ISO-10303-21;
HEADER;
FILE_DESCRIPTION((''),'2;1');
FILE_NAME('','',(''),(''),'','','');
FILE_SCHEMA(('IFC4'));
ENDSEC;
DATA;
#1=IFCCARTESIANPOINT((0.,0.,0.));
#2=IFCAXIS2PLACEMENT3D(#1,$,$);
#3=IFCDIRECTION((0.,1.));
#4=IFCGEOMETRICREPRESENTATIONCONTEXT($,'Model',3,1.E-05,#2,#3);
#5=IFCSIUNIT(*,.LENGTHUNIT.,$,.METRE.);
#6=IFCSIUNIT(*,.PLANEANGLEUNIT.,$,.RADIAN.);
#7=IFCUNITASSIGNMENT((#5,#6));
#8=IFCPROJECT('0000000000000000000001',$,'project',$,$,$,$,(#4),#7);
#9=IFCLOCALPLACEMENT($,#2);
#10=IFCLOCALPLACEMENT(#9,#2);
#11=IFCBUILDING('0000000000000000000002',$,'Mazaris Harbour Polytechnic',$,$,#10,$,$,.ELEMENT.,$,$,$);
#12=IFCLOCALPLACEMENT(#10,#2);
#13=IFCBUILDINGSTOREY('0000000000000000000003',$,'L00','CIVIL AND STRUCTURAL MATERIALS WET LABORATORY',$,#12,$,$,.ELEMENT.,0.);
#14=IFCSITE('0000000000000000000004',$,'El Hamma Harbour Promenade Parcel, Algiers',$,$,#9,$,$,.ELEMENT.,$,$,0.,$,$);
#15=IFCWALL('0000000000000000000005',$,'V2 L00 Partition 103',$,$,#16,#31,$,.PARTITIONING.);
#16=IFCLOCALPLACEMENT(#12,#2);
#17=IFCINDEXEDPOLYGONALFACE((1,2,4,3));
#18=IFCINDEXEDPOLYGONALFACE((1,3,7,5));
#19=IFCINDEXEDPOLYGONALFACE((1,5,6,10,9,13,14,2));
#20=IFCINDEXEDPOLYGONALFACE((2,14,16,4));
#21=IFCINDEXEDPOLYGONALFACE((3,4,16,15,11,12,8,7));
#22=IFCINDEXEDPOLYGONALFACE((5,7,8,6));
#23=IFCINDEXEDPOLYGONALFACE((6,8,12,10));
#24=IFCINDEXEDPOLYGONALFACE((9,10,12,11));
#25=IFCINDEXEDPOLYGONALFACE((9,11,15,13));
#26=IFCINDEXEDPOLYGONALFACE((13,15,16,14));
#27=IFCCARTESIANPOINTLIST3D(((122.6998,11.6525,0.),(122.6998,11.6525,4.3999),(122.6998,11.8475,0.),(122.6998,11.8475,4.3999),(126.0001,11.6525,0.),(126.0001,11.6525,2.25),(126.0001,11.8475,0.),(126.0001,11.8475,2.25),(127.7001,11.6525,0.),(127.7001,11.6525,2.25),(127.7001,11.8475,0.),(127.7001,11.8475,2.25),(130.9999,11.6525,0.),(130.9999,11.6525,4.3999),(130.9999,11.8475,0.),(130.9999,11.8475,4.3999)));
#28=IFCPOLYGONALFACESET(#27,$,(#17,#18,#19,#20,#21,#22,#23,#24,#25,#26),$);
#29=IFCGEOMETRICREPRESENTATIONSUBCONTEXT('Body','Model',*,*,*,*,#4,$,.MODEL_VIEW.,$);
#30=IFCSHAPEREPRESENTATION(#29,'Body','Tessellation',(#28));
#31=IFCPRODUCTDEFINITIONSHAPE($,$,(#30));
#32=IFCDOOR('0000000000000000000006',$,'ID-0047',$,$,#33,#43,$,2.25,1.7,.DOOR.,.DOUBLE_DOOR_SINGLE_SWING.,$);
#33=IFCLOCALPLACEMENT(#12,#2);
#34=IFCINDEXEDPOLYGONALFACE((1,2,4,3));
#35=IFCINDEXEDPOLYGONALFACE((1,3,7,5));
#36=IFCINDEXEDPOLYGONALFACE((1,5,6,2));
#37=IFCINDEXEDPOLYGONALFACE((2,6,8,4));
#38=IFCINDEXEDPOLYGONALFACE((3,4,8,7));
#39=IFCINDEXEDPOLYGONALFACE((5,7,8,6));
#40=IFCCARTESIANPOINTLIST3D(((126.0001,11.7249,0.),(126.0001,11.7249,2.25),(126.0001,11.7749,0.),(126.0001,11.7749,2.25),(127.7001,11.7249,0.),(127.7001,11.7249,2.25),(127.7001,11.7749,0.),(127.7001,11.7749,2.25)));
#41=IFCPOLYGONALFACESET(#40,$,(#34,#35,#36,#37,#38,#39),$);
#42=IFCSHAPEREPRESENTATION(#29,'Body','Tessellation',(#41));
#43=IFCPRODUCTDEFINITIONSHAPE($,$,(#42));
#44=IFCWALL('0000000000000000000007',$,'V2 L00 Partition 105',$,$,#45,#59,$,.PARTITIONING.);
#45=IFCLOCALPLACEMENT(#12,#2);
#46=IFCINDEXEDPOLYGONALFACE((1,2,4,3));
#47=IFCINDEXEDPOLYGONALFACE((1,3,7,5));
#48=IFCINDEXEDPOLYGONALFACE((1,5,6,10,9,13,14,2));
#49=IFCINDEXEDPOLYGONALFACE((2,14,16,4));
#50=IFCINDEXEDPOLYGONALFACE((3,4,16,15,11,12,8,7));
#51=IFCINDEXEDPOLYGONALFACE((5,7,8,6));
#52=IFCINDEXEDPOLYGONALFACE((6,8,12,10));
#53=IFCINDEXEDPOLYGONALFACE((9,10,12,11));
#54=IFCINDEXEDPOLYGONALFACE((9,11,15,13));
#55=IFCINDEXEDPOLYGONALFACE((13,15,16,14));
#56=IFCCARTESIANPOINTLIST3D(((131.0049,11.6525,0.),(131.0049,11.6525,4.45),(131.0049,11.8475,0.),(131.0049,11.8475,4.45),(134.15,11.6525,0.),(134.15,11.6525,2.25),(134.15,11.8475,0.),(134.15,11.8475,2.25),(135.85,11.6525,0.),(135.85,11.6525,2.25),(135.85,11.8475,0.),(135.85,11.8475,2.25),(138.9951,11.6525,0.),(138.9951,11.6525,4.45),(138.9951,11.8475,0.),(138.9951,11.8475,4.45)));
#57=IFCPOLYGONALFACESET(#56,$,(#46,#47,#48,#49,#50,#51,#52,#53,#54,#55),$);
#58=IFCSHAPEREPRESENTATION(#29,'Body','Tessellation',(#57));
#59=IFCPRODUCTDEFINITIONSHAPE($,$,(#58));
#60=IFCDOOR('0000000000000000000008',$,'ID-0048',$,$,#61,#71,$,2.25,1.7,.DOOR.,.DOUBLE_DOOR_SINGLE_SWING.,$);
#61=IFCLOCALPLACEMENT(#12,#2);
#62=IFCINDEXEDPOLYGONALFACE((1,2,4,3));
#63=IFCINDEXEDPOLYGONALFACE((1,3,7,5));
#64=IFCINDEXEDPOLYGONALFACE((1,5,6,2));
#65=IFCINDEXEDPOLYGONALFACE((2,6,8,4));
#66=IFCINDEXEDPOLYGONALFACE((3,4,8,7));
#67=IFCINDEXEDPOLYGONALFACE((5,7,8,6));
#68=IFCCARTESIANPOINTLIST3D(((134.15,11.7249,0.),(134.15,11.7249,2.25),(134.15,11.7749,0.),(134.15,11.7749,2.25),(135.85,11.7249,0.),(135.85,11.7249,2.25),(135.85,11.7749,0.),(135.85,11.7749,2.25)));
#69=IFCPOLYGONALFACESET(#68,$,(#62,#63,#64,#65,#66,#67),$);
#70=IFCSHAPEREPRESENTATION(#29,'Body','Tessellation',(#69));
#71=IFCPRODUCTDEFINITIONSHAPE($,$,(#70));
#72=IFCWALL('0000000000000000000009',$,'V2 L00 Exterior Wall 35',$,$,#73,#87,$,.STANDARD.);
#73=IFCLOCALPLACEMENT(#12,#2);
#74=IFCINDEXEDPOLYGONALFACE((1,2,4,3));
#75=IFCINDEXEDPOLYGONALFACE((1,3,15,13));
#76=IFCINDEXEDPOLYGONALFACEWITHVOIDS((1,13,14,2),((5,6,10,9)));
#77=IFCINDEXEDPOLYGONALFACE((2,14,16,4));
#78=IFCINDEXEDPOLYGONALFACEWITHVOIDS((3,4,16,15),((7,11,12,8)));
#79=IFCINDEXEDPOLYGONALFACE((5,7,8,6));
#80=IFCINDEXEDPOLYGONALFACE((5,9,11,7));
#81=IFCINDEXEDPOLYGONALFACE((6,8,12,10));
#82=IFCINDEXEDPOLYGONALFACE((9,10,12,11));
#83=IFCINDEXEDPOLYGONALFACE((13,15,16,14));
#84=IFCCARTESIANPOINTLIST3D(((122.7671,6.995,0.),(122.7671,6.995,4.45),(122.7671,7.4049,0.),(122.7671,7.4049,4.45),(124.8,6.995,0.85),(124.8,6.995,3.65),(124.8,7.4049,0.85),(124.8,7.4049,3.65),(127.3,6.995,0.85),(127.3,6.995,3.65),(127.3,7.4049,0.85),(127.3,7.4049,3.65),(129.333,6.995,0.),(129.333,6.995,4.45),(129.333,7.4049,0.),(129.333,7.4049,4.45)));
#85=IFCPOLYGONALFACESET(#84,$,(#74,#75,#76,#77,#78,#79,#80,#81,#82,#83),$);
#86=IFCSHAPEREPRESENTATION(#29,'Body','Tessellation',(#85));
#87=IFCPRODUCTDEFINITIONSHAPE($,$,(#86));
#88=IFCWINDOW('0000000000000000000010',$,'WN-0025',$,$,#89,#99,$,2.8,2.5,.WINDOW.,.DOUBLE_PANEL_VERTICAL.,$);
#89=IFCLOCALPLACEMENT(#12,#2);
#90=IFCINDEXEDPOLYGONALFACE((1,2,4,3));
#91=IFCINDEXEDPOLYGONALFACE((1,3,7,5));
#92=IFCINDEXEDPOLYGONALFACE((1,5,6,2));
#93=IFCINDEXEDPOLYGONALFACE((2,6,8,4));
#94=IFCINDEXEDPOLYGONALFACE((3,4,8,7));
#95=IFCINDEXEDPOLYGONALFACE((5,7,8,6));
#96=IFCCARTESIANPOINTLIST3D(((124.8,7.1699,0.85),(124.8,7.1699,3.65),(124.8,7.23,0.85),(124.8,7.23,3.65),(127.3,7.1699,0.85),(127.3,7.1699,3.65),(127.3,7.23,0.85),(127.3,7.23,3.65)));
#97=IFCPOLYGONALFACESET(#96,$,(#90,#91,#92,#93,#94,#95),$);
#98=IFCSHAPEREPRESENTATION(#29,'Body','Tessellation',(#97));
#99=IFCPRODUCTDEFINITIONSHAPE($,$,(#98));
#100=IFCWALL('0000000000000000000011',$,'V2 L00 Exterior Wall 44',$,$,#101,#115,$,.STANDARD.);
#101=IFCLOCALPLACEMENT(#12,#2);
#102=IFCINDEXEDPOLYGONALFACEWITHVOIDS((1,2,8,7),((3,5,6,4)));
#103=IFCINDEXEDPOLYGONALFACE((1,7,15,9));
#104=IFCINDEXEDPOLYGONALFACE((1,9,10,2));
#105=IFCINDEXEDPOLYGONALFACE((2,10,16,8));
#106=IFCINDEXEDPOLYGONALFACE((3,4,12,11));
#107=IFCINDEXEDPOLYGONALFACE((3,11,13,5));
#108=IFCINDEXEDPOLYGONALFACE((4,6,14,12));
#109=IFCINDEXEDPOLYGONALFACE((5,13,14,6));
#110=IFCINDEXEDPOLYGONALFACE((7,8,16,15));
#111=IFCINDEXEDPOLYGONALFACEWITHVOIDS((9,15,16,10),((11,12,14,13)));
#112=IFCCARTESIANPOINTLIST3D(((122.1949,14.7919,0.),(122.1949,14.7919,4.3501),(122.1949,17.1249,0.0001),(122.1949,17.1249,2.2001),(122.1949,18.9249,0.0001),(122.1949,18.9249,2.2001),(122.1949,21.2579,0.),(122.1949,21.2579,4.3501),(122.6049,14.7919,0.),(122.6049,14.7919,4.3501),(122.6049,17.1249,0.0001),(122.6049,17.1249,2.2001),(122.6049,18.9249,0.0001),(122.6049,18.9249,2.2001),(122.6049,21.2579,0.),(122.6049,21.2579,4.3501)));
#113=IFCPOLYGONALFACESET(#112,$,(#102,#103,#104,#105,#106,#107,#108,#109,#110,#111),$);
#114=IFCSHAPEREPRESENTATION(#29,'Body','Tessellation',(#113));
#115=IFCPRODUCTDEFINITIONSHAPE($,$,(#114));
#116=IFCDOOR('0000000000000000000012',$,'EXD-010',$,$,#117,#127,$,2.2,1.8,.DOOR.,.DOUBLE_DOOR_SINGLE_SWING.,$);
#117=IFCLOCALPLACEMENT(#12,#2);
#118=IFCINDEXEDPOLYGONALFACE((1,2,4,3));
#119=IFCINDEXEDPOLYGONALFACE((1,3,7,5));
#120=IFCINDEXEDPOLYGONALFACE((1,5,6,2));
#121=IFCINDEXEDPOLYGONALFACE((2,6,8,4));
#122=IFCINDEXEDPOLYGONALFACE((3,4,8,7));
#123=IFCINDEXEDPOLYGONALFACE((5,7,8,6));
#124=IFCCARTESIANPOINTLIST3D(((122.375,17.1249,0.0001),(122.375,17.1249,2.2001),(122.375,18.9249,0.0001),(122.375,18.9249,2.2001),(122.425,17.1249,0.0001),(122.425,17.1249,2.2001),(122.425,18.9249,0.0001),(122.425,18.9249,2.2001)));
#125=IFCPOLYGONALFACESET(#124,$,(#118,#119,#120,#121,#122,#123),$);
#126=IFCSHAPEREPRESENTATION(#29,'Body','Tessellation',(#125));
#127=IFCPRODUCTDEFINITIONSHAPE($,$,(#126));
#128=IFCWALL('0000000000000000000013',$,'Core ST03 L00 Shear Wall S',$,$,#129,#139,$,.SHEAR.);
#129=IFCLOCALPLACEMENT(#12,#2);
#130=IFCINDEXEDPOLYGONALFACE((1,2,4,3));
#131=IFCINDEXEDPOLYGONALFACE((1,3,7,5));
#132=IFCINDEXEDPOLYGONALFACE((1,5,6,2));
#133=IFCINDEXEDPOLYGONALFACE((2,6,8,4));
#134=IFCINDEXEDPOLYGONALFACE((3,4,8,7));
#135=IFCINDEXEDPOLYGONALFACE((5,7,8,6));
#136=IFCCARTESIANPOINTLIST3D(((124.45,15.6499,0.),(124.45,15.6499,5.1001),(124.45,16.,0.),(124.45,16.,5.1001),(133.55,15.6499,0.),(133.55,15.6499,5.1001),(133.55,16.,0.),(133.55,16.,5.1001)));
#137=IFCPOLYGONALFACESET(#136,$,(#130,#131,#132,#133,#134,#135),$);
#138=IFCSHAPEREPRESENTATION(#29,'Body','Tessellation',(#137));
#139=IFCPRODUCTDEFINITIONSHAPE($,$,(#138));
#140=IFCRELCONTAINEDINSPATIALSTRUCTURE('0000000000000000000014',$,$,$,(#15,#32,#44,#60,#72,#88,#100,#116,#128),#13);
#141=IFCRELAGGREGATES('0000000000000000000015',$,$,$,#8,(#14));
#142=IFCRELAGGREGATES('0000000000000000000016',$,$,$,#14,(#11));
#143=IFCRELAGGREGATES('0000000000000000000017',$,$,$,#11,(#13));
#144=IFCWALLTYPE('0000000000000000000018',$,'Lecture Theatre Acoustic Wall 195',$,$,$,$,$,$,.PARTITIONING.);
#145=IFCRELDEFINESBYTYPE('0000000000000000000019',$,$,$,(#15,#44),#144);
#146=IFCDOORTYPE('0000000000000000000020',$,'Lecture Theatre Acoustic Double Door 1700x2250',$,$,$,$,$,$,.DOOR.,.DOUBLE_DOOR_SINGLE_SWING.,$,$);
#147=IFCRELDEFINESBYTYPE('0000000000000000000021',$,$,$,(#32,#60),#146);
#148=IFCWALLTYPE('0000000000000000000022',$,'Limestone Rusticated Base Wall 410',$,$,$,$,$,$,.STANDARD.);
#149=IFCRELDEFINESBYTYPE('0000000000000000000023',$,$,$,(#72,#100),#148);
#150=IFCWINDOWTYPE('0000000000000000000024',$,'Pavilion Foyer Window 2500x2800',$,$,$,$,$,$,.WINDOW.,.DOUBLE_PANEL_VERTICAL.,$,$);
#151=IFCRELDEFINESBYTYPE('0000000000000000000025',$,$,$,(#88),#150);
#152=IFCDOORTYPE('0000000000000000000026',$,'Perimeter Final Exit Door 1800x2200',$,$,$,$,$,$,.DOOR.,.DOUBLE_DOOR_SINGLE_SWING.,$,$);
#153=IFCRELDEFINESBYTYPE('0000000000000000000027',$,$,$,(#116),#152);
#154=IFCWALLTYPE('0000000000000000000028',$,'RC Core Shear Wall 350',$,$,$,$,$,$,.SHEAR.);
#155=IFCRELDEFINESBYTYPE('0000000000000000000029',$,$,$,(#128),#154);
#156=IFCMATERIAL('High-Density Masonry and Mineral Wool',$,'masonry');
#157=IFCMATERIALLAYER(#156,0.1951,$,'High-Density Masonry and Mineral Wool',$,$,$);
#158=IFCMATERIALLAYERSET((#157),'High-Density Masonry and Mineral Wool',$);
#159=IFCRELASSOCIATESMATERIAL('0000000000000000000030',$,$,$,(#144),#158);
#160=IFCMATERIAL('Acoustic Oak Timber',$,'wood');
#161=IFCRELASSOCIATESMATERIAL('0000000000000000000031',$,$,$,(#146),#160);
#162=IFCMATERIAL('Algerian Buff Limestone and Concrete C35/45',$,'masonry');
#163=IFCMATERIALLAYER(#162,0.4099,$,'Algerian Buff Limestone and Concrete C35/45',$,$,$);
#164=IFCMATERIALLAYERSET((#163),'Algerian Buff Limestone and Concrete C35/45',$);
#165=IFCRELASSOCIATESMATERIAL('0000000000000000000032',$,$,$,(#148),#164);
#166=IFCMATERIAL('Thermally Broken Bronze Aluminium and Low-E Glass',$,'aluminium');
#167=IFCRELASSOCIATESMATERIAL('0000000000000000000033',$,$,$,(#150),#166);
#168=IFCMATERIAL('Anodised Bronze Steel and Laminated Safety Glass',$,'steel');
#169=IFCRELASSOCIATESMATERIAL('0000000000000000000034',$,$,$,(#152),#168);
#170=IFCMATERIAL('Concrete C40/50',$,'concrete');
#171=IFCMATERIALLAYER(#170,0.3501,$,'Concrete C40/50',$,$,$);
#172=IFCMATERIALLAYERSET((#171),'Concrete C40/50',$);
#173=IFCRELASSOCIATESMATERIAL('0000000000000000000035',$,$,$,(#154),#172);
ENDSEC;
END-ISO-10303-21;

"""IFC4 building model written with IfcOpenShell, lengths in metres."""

from ifc_helpers import new_model, si_unit, direction, frame, frame_2d, origin, place, context, subcontext, project, spatial, rectangle, extrude, material, layer, layer_set, type_object, element, fill, save


model = new_model("IFC4")

# Units and contexts
model_context = context("Model", 3, precision=1e-05, world=origin(), true_north=direction((0.0, 1.0)))
body_context = subcontext(model_context, "Body", "Model", "MODEL_VIEW")
ifc_project = project(units=[si_unit("LENGTHUNIT", "METRE"), si_unit("PLANEANGLEUNIT", "RADIAN")], contexts=[model_context])

# Site, building, storey
site_placement = place(None, origin())
site = spatial("IfcSite", under=ifc_project, at=site_placement, Name="El Hamma Harbour Promenade Parcel, Algiers", CompositionType="ELEMENT", RefElevation=0.0)
building_placement = place(site_placement, origin())
building = spatial("IfcBuilding", under=site, at=building_placement, Name="Mazaris Harbour Polytechnic", CompositionType="ELEMENT")
storey_placement = place(building_placement, origin())
storey = spatial("IfcBuildingStorey", under=building, at=storey_placement, Name="L00", Description="CIVIL AND STRUCTURAL MATERIALS WET LABORATORY", CompositionType="ELEMENT", Elevation=0.0)

# Walls, openings, doors
ifc_material_1 = material(Name="High-Density Masonry and Mineral Wool", Category="masonry")
ifc_layer_1 = layer(ifc_material_1, 0.1951, Name="High-Density Masonry and Mineral Wool")
ifc_layer_set_1 = layer_set([ifc_layer_1], Name="High-Density Masonry and Mineral Wool")
wall_type_1 = type_object("IfcWallType", Name="Lecture Theatre Acoustic Wall 195", PredefinedType="PARTITIONING", material=ifc_layer_set_1)
wall_1_placement = place(storey_placement, frame((122.7, 11.75, 0.0), z_axis=(0.0, 0.0, 1.0), x_axis=(1.0, 0.0, 0.0)))
wall_1 = element("IfcWall", 1, at=wall_1_placement, inside=storey, type_object=wall_type_1, Name="V2 L00 Partition 103", PredefinedType="PARTITIONING", context=body_context, shape_type="SweptSolid", body=[
    extrude(rectangle(XDim=8.3, YDim=0.1951, at=frame_2d((4.1499, 0.0))), origin(), (0.0, 0.0, 1.0), 4.3999),
])
opening_1_placement = place(wall_1_placement, frame((3.3, 0.0, 0.0)))
opening_1 = element("IfcOpeningElement", 2, at=opening_1_placement, cuts=wall_1, PredefinedType="OPENING", context=body_context, shape_type="SweptSolid", body=[
    extrude(rectangle(XDim=1.7, YDim=2.25, at=frame_2d((0.8501, 1.125))), frame((0.0, 0.1074, 0.0), z_axis=(0.0, -1.0, 0.0), x_axis=(1.0, 0.0, 0.0)), (0.0, 0.0, 1.0), 0.2151),
])
ifc_material_2 = material(Name="Acoustic Oak Timber", Category="wood")
door_type_1 = type_object("IfcDoorType", Name="Lecture Theatre Acoustic Double Door 1700x2250", OperationType="DOUBLE_DOOR_SINGLE_SWING", PredefinedType="DOOR", material=ifc_material_2)
door_1_placement = place(opening_1_placement, origin())
door_1 = element("IfcDoor", 3, at=door_1_placement, inside=storey, type_object=door_type_1, Name="ID-0047", OperationType="DOUBLE_DOOR_SINGLE_SWING", OverallHeight=2.25, OverallWidth=1.7, PredefinedType="DOOR", context=body_context, shape_type="SweptSolid", body=[
    extrude(rectangle(XDim=1.7, YDim=2.25, at=frame_2d((0.8501, 1.125))), frame((0.0, 0.0249, 0.0), z_axis=(0.0, -1.0, 0.0), x_axis=(1.0, 0.0, 0.0)), (0.0, 0.0, 1.0), 0.05),
])
fill(opening_1, door_1)
wall_2_placement = place(storey_placement, frame((131.0049, 11.75, 0.0), z_axis=(0.0, 0.0, 1.0), x_axis=(1.0, 0.0, 0.0)))
wall_2 = element("IfcWall", 4, at=wall_2_placement, inside=storey, type_object=wall_type_1, Name="V2 L00 Partition 105", PredefinedType="PARTITIONING", context=body_context, shape_type="SweptSolid", body=[
    extrude(rectangle(XDim=7.9902, YDim=0.1951, at=frame_2d((3.9951, 0.0))), origin(), (0.0, 0.0, 1.0), 4.45),
])
opening_2_placement = place(wall_2_placement, frame((3.145, 0.0, 0.0)))
opening_2 = element("IfcOpeningElement", 5, at=opening_2_placement, cuts=wall_2, PredefinedType="OPENING", context=body_context, shape_type="SweptSolid", body=[
    extrude(rectangle(XDim=1.7, YDim=2.25, at=frame_2d((0.8501, 1.125))), frame((0.0, 0.1074, 0.0), z_axis=(0.0, -1.0, 0.0), x_axis=(1.0, 0.0, 0.0)), (0.0, 0.0, 1.0), 0.2151),
])
door_2_placement = place(opening_2_placement, origin())
door_2 = element("IfcDoor", 6, at=door_2_placement, inside=storey, type_object=door_type_1, Name="ID-0048", OperationType="DOUBLE_DOOR_SINGLE_SWING", OverallHeight=2.25, OverallWidth=1.7, PredefinedType="DOOR", context=body_context, shape_type="SweptSolid", body=[
    extrude(rectangle(XDim=1.7, YDim=2.25, at=frame_2d((0.8501, 1.125))), frame((0.0, 0.0249, 0.0), z_axis=(0.0, -1.0, 0.0), x_axis=(1.0, 0.0, 0.0)), (0.0, 0.0, 1.0), 0.05),
])
fill(opening_2, door_2)

# Wall, opening, window
ifc_material_3 = material(Name="Algerian Buff Limestone and Concrete C35/45", Category="masonry")
ifc_layer_2 = layer(ifc_material_3, 0.4099, Name="Algerian Buff Limestone and Concrete C35/45")
ifc_layer_set_2 = layer_set([ifc_layer_2], Name="Algerian Buff Limestone and Concrete C35/45")
wall_type_2 = type_object("IfcWallType", Name="Limestone Rusticated Base Wall 410", PredefinedType="STANDARD", material=ifc_layer_set_2)
wall_3_placement = place(storey_placement, frame((129.333, 7.2, 0.0), z_axis=(0.0, 0.0, 1.0), x_axis=(-1.0, 0.0, 0.0)))
wall_3 = element("IfcWall", 7, at=wall_3_placement, inside=storey, type_object=wall_type_2, Name="V2 L00 Exterior Wall 35", PredefinedType="STANDARD", context=body_context, shape_type="SweptSolid", body=[
    extrude(rectangle(XDim=6.5659, YDim=0.4099, at=frame_2d((3.283, 0.0))), origin(), (0.0, 0.0, 1.0), 4.45),
])
opening_3_placement = place(wall_3_placement, frame((2.033, 0.0, 0.8501)))
opening_3 = element("IfcOpeningElement", 8, at=opening_3_placement, cuts=wall_3, PredefinedType="OPENING", context=body_context, shape_type="SweptSolid", body=[
    extrude(rectangle(XDim=2.5, YDim=2.8, at=frame_2d((1.25, 1.3999))), frame((0.0, 0.2148, 0.0), z_axis=(0.0, -1.0, 0.0), x_axis=(1.0, 0.0, 0.0)), (0.0, 0.0, 1.0), 0.4299),
])
ifc_material_4 = material(Name="Thermally Broken Bronze Aluminium and Low-E Glass", Category="aluminium")
window_type = type_object("IfcWindowType", Name="Pavilion Foyer Window 2500x2800", PartitioningType="DOUBLE_PANEL_VERTICAL", PredefinedType="WINDOW", material=ifc_material_4)
window_placement = place(opening_3_placement, origin())
window = element("IfcWindow", 9, at=window_placement, inside=storey, type_object=window_type, Name="WN-0025", OverallHeight=2.8, OverallWidth=2.5, PartitioningType="DOUBLE_PANEL_VERTICAL", PredefinedType="WINDOW", context=body_context, shape_type="SweptSolid", body=[
    extrude(rectangle(XDim=2.5, YDim=2.8, at=frame_2d((1.25, 1.3999))), frame((0.0, 0.03, 0.0), z_axis=(0.0, -1.0, 0.0), x_axis=(1.0, 0.0, 0.0)), (0.0, 0.0, 1.0), 0.0601),
])
fill(opening_3, window)

# Wall, opening, door
wall_4_placement = place(storey_placement, frame((122.3999, 14.792, 0.0), z_axis=(0.0, 0.0, 1.0), x_axis=(0.0, 1.0, 0.0)))
wall_4 = element("IfcWall", 10, at=wall_4_placement, inside=storey, type_object=wall_type_2, Name="V2 L00 Exterior Wall 44", PredefinedType="STANDARD", context=body_context, shape_type="SweptSolid", body=[
    extrude(rectangle(XDim=6.4661, YDim=0.4099, at=frame_2d((3.2329, 0.0))), origin(), (0.0, 0.0, 1.0), 4.3501),
])
opening_4_placement = place(wall_4_placement, frame((2.333, 0.0, 0.0)))
opening_4 = element("IfcOpeningElement", 11, at=opening_4_placement, cuts=wall_4, PredefinedType="OPENING", context=body_context, shape_type="SweptSolid", body=[
    extrude(rectangle(XDim=1.8, YDim=2.2, at=frame_2d((0.8999, 1.1001))), frame((0.0, 0.2148, 0.0), z_axis=(0.0, -1.0, 0.0), x_axis=(1.0, 0.0, 0.0)), (0.0, 0.0, 1.0), 0.4299),
])
ifc_material_5 = material(Name="Anodised Bronze Steel and Laminated Safety Glass", Category="steel")
door_type_2 = type_object("IfcDoorType", Name="Perimeter Final Exit Door 1800x2200", OperationType="DOUBLE_DOOR_SINGLE_SWING", PredefinedType="DOOR", material=ifc_material_5)
door_3_placement = place(opening_4_placement, origin())
door_3 = element("IfcDoor", 12, at=door_3_placement, inside=storey, type_object=door_type_2, Name="EXD-010", OperationType="DOUBLE_DOOR_SINGLE_SWING", OverallHeight=2.2, OverallWidth=1.8, PredefinedType="DOOR", context=body_context, shape_type="SweptSolid", body=[
    extrude(rectangle(XDim=1.8, YDim=2.2, at=frame_2d((0.8999, 1.1001))), frame((0.0, 0.0249, 0.0), z_axis=(0.0, -1.0, 0.0), x_axis=(1.0, 0.0, 0.0)), (0.0, 0.0, 1.0), 0.05),
])
fill(opening_4, door_3)

# Wall
ifc_material_6 = material(Name="Concrete C40/50", Category="concrete")
ifc_layer_3 = layer(ifc_material_6, 0.3501, Name="Concrete C40/50")
ifc_layer_set_3 = layer_set([ifc_layer_3], Name="Concrete C40/50")
wall_type_3 = type_object("IfcWallType", Name="RC Core Shear Wall 350", PredefinedType="SHEAR", material=ifc_layer_set_3)
wall_5_placement = place(storey_placement, frame((124.45, 15.825, 0.0), z_axis=(0.0, 0.0, 1.0), x_axis=(1.0, 0.0, 0.0)))
element("IfcWall", 13, at=wall_5_placement, inside=storey, type_object=wall_type_3, Name="Core ST03 L00 Shear Wall S", PredefinedType="SHEAR", context=body_context, shape_type="SweptSolid", body=[
    extrude(rectangle(XDim=9.1001, YDim=0.3501, at=frame_2d((4.55, 0.0))), origin(), (0.0, 0.0, 1.0), 5.1001),
])

save(model, "model.ifc")
